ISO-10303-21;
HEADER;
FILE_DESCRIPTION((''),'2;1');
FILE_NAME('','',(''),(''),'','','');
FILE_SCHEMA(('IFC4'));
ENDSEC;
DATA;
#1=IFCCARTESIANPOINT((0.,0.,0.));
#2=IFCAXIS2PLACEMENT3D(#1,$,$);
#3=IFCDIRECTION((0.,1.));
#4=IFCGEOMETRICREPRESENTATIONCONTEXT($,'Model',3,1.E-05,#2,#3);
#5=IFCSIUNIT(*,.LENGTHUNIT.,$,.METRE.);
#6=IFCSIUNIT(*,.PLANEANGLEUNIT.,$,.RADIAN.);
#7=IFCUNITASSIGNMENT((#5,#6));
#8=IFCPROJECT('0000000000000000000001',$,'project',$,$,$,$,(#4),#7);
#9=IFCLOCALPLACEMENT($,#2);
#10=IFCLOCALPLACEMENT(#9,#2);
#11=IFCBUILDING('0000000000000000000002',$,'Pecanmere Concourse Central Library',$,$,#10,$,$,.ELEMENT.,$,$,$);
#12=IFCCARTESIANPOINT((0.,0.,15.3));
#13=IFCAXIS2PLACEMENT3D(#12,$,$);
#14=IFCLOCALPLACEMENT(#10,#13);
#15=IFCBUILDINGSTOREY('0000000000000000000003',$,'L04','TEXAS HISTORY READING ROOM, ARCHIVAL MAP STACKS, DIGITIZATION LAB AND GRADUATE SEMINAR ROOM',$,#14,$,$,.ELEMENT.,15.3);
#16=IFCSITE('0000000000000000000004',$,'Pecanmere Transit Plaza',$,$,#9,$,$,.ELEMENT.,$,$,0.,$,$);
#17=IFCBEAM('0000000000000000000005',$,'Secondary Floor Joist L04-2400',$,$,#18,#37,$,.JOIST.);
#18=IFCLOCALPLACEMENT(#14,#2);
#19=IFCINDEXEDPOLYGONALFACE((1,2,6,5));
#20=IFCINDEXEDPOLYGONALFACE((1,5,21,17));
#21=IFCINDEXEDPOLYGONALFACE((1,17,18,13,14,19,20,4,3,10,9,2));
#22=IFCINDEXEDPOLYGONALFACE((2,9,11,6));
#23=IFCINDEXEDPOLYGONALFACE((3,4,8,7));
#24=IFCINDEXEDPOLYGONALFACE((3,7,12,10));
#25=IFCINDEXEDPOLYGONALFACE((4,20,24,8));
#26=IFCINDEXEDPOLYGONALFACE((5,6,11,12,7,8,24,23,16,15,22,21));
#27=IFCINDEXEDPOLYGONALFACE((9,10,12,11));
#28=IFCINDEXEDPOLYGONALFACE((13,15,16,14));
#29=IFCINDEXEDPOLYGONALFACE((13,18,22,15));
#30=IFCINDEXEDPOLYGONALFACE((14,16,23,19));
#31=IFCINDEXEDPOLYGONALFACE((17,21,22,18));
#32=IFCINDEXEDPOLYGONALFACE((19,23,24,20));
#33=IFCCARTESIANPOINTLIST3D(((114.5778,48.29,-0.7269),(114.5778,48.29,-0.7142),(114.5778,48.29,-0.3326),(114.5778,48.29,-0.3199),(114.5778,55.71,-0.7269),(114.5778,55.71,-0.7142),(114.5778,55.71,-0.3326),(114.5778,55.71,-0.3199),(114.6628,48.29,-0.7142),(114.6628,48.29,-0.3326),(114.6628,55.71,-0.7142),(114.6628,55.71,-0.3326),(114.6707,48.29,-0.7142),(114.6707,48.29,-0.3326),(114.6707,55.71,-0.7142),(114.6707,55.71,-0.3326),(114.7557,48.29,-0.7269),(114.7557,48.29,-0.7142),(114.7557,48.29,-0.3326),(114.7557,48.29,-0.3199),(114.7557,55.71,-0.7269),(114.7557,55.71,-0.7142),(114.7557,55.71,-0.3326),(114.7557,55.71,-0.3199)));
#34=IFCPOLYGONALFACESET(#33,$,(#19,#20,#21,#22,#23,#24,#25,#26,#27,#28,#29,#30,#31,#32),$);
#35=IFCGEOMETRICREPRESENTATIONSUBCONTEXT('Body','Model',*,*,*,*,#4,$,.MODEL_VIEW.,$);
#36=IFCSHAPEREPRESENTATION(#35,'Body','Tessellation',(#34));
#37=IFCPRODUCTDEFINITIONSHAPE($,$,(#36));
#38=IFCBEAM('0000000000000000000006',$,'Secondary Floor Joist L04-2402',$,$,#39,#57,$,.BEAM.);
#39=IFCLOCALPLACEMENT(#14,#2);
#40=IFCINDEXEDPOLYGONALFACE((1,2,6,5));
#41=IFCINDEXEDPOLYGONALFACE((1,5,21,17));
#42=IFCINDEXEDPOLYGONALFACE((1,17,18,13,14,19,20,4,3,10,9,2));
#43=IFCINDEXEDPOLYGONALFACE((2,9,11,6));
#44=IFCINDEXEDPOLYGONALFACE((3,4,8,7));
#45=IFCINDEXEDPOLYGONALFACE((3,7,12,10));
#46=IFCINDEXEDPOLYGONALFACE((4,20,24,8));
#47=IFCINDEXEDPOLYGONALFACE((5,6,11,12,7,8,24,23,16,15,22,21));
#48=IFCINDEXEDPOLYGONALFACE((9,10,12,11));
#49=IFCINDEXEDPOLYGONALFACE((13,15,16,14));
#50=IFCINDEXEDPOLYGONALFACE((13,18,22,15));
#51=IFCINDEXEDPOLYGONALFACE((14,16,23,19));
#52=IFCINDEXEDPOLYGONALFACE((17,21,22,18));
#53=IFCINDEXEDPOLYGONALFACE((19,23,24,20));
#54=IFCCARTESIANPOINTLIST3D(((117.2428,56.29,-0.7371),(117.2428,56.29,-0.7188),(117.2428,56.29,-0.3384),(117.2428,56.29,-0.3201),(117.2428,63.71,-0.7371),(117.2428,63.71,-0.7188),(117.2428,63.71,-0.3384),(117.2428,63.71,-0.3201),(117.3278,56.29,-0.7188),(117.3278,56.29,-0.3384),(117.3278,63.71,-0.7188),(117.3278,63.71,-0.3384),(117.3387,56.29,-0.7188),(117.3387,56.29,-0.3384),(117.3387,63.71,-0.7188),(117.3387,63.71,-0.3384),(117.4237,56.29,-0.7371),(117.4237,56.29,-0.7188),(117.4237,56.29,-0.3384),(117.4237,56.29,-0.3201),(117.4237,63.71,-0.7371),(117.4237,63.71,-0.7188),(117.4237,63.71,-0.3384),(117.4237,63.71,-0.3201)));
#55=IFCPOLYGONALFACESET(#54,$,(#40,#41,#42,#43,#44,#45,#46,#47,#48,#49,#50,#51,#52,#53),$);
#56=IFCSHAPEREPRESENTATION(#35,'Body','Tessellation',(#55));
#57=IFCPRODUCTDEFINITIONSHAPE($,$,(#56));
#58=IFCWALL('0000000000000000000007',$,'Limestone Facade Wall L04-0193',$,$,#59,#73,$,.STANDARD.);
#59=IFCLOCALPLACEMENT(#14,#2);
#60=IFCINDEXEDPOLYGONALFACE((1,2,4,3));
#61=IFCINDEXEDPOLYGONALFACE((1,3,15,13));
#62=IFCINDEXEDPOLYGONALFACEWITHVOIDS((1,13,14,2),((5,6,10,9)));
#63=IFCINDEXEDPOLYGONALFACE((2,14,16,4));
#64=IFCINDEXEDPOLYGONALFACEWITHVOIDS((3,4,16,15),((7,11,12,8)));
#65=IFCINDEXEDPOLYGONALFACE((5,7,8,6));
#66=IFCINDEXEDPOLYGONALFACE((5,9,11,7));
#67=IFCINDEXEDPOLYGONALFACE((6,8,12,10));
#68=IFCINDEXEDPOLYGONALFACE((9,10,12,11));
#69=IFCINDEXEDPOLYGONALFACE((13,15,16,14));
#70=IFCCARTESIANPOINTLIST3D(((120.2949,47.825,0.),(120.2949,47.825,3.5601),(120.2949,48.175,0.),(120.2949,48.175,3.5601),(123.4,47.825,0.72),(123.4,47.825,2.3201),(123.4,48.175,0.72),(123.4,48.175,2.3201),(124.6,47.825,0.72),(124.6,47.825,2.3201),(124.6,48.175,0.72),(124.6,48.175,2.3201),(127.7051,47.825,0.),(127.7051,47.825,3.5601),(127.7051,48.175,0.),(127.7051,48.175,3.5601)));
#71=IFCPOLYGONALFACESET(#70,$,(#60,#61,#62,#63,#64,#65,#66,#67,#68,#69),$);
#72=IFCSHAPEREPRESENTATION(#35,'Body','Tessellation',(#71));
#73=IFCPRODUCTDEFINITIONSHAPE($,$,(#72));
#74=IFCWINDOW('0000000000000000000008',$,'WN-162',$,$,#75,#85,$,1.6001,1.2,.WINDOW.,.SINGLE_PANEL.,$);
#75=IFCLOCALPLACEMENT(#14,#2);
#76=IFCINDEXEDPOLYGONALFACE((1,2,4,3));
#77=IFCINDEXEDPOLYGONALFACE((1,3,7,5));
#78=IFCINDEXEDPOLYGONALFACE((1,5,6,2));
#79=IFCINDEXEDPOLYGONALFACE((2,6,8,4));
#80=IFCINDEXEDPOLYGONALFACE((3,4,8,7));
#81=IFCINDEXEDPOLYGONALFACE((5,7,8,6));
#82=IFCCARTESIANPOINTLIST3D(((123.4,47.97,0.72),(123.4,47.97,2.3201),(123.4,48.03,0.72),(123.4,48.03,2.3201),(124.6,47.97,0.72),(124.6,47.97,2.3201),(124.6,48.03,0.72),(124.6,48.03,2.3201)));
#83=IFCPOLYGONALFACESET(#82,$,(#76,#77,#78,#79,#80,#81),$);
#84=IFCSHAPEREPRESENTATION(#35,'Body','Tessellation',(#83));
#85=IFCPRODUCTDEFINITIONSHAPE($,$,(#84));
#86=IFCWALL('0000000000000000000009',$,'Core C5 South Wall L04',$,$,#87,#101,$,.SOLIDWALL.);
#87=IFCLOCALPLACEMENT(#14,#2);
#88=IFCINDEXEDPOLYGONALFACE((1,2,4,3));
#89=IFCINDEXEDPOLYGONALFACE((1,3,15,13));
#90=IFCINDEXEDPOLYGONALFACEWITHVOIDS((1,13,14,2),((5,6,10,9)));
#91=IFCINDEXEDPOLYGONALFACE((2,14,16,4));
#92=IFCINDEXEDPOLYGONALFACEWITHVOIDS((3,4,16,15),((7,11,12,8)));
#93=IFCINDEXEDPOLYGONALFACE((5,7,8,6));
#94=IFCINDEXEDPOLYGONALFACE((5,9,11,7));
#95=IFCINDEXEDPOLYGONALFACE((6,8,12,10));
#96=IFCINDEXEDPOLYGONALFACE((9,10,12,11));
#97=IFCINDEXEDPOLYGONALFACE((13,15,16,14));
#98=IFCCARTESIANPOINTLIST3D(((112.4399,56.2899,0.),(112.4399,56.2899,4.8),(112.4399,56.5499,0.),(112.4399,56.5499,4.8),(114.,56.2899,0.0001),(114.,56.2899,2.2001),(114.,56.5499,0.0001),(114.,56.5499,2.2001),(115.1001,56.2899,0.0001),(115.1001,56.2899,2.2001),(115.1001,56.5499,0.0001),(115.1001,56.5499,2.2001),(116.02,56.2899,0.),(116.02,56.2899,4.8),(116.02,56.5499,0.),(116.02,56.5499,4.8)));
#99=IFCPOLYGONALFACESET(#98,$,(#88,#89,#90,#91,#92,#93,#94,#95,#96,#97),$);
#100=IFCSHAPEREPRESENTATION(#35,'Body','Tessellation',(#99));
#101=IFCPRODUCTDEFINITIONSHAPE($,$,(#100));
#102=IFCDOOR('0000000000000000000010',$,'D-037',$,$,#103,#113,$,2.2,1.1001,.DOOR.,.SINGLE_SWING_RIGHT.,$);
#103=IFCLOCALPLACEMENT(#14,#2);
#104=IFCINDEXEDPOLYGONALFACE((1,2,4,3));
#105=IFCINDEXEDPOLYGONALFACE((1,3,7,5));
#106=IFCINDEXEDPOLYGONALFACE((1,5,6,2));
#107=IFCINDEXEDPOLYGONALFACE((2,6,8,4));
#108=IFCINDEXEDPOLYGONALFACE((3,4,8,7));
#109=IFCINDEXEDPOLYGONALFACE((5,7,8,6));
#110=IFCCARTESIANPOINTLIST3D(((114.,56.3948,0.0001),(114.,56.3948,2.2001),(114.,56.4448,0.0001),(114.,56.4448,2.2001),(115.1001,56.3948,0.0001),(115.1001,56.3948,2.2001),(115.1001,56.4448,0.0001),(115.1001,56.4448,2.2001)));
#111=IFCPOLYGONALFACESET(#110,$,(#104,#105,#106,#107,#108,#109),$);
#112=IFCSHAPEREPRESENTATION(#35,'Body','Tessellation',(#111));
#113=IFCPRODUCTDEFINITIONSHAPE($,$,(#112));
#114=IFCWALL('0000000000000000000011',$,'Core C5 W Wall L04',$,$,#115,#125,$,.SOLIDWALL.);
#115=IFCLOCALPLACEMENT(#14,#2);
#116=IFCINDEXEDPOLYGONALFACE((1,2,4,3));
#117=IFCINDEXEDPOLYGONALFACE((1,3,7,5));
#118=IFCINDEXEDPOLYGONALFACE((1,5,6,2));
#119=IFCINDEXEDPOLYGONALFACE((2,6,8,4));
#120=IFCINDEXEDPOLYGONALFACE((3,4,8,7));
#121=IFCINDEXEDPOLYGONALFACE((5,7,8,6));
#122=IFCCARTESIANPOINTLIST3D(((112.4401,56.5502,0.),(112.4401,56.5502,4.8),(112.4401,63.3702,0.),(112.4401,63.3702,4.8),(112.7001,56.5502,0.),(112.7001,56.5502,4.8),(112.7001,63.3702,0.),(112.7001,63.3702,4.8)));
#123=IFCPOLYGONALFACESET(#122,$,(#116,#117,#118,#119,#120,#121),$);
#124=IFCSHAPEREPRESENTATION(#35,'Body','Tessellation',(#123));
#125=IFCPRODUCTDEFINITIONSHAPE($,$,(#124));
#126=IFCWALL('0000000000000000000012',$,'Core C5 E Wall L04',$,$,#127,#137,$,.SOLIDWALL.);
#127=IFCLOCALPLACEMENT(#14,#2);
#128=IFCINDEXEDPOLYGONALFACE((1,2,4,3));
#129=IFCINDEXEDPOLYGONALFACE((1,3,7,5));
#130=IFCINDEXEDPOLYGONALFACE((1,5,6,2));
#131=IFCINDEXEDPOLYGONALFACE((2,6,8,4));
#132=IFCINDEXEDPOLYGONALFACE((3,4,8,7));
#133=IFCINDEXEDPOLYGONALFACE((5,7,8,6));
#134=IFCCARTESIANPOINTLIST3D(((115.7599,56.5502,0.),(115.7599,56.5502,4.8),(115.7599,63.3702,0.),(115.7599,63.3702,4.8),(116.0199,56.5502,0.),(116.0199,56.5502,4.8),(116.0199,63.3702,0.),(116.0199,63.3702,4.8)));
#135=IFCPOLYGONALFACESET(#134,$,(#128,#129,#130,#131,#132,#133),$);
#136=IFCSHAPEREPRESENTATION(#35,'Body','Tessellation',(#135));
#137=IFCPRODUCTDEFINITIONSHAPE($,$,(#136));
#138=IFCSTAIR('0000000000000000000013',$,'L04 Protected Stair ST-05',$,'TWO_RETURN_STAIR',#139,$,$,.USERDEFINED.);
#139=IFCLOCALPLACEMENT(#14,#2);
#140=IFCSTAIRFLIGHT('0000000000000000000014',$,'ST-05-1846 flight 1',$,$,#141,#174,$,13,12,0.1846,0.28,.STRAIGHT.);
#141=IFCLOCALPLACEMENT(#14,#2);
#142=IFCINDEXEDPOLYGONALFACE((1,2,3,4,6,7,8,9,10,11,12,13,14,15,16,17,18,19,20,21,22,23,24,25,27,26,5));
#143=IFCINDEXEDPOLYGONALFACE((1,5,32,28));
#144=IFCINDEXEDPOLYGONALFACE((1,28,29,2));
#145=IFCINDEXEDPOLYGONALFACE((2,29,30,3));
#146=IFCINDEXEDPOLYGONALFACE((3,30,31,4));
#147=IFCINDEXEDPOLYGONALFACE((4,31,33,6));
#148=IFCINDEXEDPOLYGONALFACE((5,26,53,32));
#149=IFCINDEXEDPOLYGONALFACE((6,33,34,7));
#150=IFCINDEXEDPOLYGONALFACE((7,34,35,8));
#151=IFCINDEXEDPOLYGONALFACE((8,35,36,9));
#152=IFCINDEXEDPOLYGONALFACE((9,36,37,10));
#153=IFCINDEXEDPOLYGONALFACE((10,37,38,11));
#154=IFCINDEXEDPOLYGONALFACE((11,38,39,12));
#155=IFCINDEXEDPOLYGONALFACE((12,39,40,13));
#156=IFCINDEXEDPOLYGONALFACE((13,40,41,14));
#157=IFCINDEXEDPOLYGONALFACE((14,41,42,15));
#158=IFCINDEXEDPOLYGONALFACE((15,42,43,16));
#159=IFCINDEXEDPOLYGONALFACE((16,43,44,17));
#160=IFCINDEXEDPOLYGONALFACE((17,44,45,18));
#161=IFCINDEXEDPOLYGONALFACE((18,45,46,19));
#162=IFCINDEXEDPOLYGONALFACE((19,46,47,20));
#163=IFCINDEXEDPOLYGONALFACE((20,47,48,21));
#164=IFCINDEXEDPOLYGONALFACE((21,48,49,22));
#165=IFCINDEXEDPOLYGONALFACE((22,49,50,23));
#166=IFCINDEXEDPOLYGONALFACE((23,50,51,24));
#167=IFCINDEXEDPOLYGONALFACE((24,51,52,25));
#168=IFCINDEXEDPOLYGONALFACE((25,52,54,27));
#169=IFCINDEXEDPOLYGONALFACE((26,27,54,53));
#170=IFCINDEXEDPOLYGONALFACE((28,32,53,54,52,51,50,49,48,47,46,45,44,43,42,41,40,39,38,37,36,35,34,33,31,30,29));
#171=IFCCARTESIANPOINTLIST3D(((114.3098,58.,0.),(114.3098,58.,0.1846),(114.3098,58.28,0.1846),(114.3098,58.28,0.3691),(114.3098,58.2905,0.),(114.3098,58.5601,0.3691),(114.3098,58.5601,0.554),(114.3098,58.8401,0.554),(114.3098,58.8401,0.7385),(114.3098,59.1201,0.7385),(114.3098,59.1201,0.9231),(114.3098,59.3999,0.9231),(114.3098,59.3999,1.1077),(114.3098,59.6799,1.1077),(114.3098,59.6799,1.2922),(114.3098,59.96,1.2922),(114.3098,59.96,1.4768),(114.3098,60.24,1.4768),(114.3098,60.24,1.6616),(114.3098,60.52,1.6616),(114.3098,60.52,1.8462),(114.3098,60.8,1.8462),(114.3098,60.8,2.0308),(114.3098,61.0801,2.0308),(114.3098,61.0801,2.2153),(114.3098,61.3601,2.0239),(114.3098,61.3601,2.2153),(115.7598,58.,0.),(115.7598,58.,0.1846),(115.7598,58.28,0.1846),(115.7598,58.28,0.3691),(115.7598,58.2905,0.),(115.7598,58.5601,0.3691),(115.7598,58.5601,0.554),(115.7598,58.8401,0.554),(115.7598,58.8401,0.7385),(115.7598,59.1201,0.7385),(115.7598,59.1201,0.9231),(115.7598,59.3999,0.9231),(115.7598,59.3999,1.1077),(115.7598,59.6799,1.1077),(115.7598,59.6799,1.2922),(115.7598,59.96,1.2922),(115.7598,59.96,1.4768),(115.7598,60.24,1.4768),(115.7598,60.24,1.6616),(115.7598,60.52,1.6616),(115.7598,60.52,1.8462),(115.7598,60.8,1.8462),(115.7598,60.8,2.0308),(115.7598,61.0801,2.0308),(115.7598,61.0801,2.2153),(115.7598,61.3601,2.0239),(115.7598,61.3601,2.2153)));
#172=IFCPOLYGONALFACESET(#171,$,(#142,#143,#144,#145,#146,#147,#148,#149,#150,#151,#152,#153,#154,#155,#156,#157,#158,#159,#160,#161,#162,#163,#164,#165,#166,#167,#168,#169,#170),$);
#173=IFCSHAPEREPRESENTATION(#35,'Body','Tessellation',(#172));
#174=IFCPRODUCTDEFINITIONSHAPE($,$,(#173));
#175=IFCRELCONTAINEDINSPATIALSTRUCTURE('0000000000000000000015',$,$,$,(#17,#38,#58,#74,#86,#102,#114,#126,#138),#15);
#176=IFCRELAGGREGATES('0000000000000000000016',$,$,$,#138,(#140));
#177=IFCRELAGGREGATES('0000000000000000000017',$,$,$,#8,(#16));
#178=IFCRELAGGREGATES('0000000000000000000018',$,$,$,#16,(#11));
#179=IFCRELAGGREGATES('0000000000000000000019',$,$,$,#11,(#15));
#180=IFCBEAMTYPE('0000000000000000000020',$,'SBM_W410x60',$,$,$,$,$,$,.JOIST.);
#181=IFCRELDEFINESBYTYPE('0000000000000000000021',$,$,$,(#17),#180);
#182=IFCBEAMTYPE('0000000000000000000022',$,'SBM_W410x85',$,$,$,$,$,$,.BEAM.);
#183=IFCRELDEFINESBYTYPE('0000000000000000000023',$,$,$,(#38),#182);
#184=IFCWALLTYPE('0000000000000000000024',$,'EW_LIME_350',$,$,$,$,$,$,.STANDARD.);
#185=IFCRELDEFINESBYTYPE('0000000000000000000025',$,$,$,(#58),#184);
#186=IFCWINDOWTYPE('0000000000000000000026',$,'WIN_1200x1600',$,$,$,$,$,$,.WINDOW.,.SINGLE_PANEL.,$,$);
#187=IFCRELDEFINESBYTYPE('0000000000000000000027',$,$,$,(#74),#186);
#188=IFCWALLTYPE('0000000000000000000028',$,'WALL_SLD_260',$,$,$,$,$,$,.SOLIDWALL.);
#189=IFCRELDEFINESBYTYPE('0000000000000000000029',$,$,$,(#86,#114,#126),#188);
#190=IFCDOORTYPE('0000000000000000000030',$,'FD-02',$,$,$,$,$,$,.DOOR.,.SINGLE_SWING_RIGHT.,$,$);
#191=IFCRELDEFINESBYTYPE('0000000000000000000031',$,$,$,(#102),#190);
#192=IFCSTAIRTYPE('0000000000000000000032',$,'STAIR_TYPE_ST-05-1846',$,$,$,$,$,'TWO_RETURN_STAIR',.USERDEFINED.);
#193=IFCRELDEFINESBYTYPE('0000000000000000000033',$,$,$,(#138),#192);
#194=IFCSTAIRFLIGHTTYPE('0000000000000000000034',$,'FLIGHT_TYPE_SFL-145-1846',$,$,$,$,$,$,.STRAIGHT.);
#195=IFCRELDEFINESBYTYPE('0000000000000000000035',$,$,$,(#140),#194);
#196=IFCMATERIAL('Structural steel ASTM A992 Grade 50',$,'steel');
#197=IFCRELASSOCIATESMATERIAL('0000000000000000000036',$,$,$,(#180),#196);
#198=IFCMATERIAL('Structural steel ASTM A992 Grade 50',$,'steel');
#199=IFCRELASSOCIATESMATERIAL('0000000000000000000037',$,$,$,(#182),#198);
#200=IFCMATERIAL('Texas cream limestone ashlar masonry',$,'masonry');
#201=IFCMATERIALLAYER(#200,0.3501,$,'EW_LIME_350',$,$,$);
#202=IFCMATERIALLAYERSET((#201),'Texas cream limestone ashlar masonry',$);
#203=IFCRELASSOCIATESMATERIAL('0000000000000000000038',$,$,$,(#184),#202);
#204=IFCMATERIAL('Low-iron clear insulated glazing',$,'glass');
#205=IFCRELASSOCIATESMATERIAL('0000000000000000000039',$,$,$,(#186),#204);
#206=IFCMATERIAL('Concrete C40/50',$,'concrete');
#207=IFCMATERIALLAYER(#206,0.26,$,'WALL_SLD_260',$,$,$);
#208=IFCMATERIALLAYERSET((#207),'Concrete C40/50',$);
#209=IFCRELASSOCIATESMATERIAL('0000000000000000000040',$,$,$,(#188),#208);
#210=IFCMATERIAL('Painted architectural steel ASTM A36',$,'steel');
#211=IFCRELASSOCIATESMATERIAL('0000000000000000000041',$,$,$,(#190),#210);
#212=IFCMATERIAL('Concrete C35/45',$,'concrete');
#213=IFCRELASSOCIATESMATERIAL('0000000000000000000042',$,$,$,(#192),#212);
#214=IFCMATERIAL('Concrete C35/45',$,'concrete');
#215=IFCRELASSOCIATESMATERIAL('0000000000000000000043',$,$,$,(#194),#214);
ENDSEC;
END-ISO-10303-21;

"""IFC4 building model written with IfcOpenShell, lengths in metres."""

from ifc_helpers import new_model, si_unit, direction, frame, frame_2d, origin, origin_2d, place, context, subcontext, project, spatial, polyline, rectangle, i_section, outline, extrude, material, layer, layer_set, material_profile, profile_set, type_object, element, fill, aggregate, save


model = new_model("IFC4")

# Units and contexts
model_context = context("Model", 3, precision=1e-05, world=origin(), true_north=direction((0.0, 1.0)))
body_context = subcontext(model_context, "Body", "Model", "MODEL_VIEW")
ifc_project = project(units=[si_unit("LENGTHUNIT", "METRE"), si_unit("PLANEANGLEUNIT", "RADIAN")], contexts=[model_context])

# Site, building, storey
site_placement = place(None, origin())
site = spatial("IfcSite", under=ifc_project, at=site_placement, Name="Pecanmere Transit Plaza", CompositionType="ELEMENT", RefElevation=0.0)
building_placement = place(site_placement, origin())
building = spatial("IfcBuilding", under=site, at=building_placement, Name="Pecanmere Concourse Central Library", CompositionType="ELEMENT")
storey_placement = place(building_placement, frame((0.0, 0.0, 15.3)))
storey = spatial("IfcBuildingStorey", under=building, at=storey_placement, Name="L04", Description="TEXAS HISTORY READING ROOM, ARCHIVAL MAP STACKS, DIGITIZATION LAB AND GRADUATE SEMINAR ROOM", CompositionType="ELEMENT", Elevation=15.3)

# Beams
ifc_material_1 = material(Name="Structural steel ASTM A992 Grade 50", Category="steel")
ifc_material_profile_1 = material_profile(ifc_material_1, i_section(OverallWidth=0.178, OverallDepth=0.407, WebThickness=0.0078, FlangeThickness=0.0127, at=origin_2d()), Name="W410x60")
ifc_profile_set_1 = profile_set([ifc_material_profile_1], Name="Structural steel ASTM A992 Grade 50")
beam_type_1 = type_object("IfcBeamType", Name="SBM_W410x60", PredefinedType="JOIST", material=ifc_profile_set_1)
beam_1_placement = place(storey_placement, frame((114.6667, 48.29, -0.5234), z_axis=(0.0, 1.0, 0.0), x_axis=(-1.0, 0.0, 0.0)))
element("IfcBeam", 1, at=beam_1_placement, inside=storey, type_object=beam_type_1, Name="Secondary Floor Joist L04-2400", PredefinedType="JOIST", context=body_context, shape_type="SweptSolid", body=[
    extrude(i_section(OverallWidth=0.178, OverallDepth=0.407, WebThickness=0.0078, FlangeThickness=0.0127, at=origin_2d()), origin(), (0.0, 0.0, 1.0), 7.4199),
])
ifc_material_2 = material(Name="Structural steel ASTM A992 Grade 50", Category="steel")
ifc_material_profile_2 = material_profile(ifc_material_2, i_section(OverallWidth=0.1809, OverallDepth=0.417, WebThickness=0.011, FlangeThickness=0.0183, at=origin_2d()), Name="W410x85")
ifc_profile_set_2 = profile_set([ifc_material_profile_2], Name="Structural steel ASTM A992 Grade 50")
beam_type_2 = type_object("IfcBeamType", Name="SBM_W410x85", PredefinedType="BEAM", material=ifc_profile_set_2)
beam_2_placement = place(storey_placement, frame((117.3333, 56.29, -0.5286), z_axis=(0.0, 1.0, 0.0), x_axis=(-1.0, 0.0, 0.0)))
element("IfcBeam", 2, at=beam_2_placement, inside=storey, type_object=beam_type_2, Name="Secondary Floor Joist L04-2402", PredefinedType="BEAM", context=body_context, shape_type="SweptSolid", body=[
    extrude(i_section(OverallWidth=0.1809, OverallDepth=0.417, WebThickness=0.011, FlangeThickness=0.0183, at=origin_2d()), origin(), (0.0, 0.0, 1.0), 7.4199),
])

# Wall, opening, window
ifc_material_3 = material(Name="Texas cream limestone ashlar masonry", Category="masonry")
ifc_layer_1 = layer(ifc_material_3, 0.3501, Name="EW_LIME_350")
ifc_layer_set_1 = layer_set([ifc_layer_1], Name="Texas cream limestone ashlar masonry")
wall_type_1 = type_object("IfcWallType", Name="EW_LIME_350", PredefinedType="STANDARD", material=ifc_layer_set_1)
wall_1_placement = place(storey_placement, frame((120.2949, 48.0, 0.0), z_axis=(0.0, 0.0, 1.0), x_axis=(1.0, 0.0, 0.0)))
wall_1 = element("IfcWall", 3, at=wall_1_placement, inside=storey, type_object=wall_type_1, Name="Limestone Facade Wall L04-0193", PredefinedType="STANDARD", context=body_context, shape_type="SweptSolid", body=[
    extrude(rectangle(XDim=7.4102, YDim=0.3501, at=frame_2d((3.7051, 0.0))), origin(), (0.0, 0.0, 1.0), 3.5601),
])
opening_1_placement = place(wall_1_placement, frame((3.105, 0.0, 0.72)))
opening_1 = element("IfcOpeningElement", 4, at=opening_1_placement, cuts=wall_1, PredefinedType="OPENING", context=body_context, shape_type="SweptSolid", body=[
    extrude(rectangle(XDim=1.2, YDim=1.6001, at=frame_2d((0.6001, 0.8))), frame((0.0, 0.187, 0.0), z_axis=(0.0, -1.0, 0.0), x_axis=(1.0, 0.0, 0.0)), (0.0, 0.0, 1.0), 0.374),
])
ifc_material_4 = material(Name="Low-iron clear insulated glazing", Category="glass")
window_type = type_object("IfcWindowType", Name="WIN_1200x1600", PartitioningType="SINGLE_PANEL", PredefinedType="WINDOW", material=ifc_material_4)
window_placement = place(opening_1_placement, origin())
window = element("IfcWindow", 5, at=window_placement, inside=storey, type_object=window_type, Name="WN-162", OverallHeight=1.6001, OverallWidth=1.2, PartitioningType="SINGLE_PANEL", PredefinedType="WINDOW", context=body_context, shape_type="SweptSolid", body=[
    extrude(rectangle(XDim=1.2, YDim=1.6001, at=frame_2d((0.6001, 0.8))), frame((0.0, 0.03, 0.0), z_axis=(0.0, -1.0, 0.0), x_axis=(1.0, 0.0, 0.0)), (0.0, 0.0, 1.0), 0.0601),
])
fill(opening_1, window)

# Wall, opening, door
ifc_material_5 = material(Name="Concrete C40/50", Category="concrete")
ifc_layer_2 = layer(ifc_material_5, 0.26, Name="WALL_SLD_260")
ifc_layer_set_2 = layer_set([ifc_layer_2], Name="Concrete C40/50")
wall_type_2 = type_object("IfcWallType", Name="WALL_SLD_260", PredefinedType="SOLIDWALL", material=ifc_layer_set_2)
wall_2_placement = place(storey_placement, frame((112.4399, 56.4199, 0.0), z_axis=(0.0, 0.0, 1.0), x_axis=(1.0, 0.0, 0.0)))
wall_2 = element("IfcWall", 6, at=wall_2_placement, inside=storey, type_object=wall_type_2, Name="Core C5 South Wall L04", PredefinedType="SOLIDWALL", context=body_context, shape_type="SweptSolid", body=[
    extrude(rectangle(XDim=3.5801, YDim=0.26, at=frame_2d((1.79, 0.0))), origin(), (0.0, 0.0, 1.0), 4.8),
])
opening_2_placement = place(wall_2_placement, frame((1.5601, 0.0, 0.0)))
opening_2 = element("IfcOpeningElement", 7, at=opening_2_placement, cuts=wall_2, PredefinedType="OPENING", context=body_context, shape_type="SweptSolid", body=[
    extrude(rectangle(XDim=1.1001, YDim=2.2, at=frame_2d((0.55, 1.1001))), frame((0.0, 0.1421, 0.0), z_axis=(0.0, -1.0, 0.0), x_axis=(1.0, 0.0, 0.0)), (0.0, 0.0, 1.0), 0.2839),
])
ifc_material_6 = material(Name="Painted architectural steel ASTM A36", Category="steel")
door_type = type_object("IfcDoorType", Name="FD-02", OperationType="SINGLE_SWING_RIGHT", PredefinedType="DOOR", material=ifc_material_6)
door_placement = place(opening_2_placement, origin())
door = element("IfcDoor", 8, at=door_placement, inside=storey, type_object=door_type, Name="D-037", OperationType="SINGLE_SWING_RIGHT", OverallHeight=2.2, OverallWidth=1.1001, PredefinedType="DOOR", context=body_context, shape_type="SweptSolid", body=[
    extrude(rectangle(XDim=1.1001, YDim=2.2, at=frame_2d((0.55, 1.1001))), frame((0.0, 0.0249, 0.0), z_axis=(0.0, -1.0, 0.0), x_axis=(1.0, 0.0, 0.0)), (0.0, 0.0, 1.0), 0.05),
])
fill(opening_2, door)

# Walls
for number, where, z_axis, x_axis, name in (
    (9, (112.5701, 56.55, 0.0), (0.0, 0.0, 1.0), (0.0, 1.0, 0.0), "Core C5 W Wall L04"),
    (10, (115.8899, 56.55, 0.0), (0.0, 0.0, 1.0), (0.0, 1.0, 0.0), "Core C5 E Wall L04"),
):
    element("IfcWall", number, at=place(storey_placement, frame(where, z_axis=z_axis, x_axis=x_axis)), inside=storey, type_object=wall_type_2, Name=name, PredefinedType="SOLIDWALL", context=body_context, shape_type="SweptSolid", body=[
        extrude(rectangle(XDim=6.8201, YDim=0.26, at=frame_2d((3.4102, 0.0))), origin(), (0.0, 0.0, 1.0), 4.8),
    ])

# Stair, stair flight
ifc_material_7 = material(Name="Concrete C35/45", Category="concrete")
stair_type = type_object("IfcStairType", Name="STAIR_TYPE_ST-05-1846", ElementType="TWO_RETURN_STAIR", PredefinedType="USERDEFINED", material=ifc_material_7)
stair_placement = place(storey_placement, origin())
stair = element("IfcStair", 11, at=stair_placement, inside=storey, type_object=stair_type, Name="L04 Protected Stair ST-05", ObjectType="TWO_RETURN_STAIR", PredefinedType="USERDEFINED")
ifc_material_8 = material(Name="Concrete C35/45", Category="concrete")
stair_flight_type = type_object("IfcStairFlightType", Name="FLIGHT_TYPE_SFL-145-1846", PredefinedType="STRAIGHT", material=ifc_material_8)
stair_flight_1_placement = place(storey_placement, frame((115.0349, 58.0, 0.0), z_axis=(0.0, 0.0, 1.0), x_axis=(0.0, 1.0, 0.0)))
stair_flight_1 = element("IfcStairFlight", 12, at=stair_flight_1_placement, type_object=stair_flight_type, Name="ST-05-1846 flight 1", NumberOfRisers=13, NumberOfTreads=12, PredefinedType="STRAIGHT", RiserHeight=0.1846, TreadLength=0.28, context=body_context, shape_type="SweptSolid", body=[
    extrude(outline(polyline([(0.0, 0.0), (0.0, 0.1846), (0.28, 0.1846), (0.28, 0.3691), (0.5601, 0.3691), (0.5601, 0.554), (0.8401, 0.554), (0.8401, 0.7385), (1.1201, 0.7385), (1.1201, 0.9231), (1.3999, 0.9231), (1.3999, 1.1077), (1.6799, 1.1077), (1.6799, 1.2922), (1.96, 1.2922), (1.96, 1.4768), (2.24, 1.4768), (2.24, 1.6616), (2.52, 1.6616), (2.52, 1.8462), (2.8, 1.8462), (2.8, 2.0308), (3.0801, 2.0308), (3.0801, 2.2153), (3.3601, 2.2153), (3.3601, 2.3999), (3.3601, 2.0239), (0.2905, 0.0), (0.0, 0.0)])), frame((0.0, 0.7251, 0.0), z_axis=(0.0, -1.0, 0.0), x_axis=(1.0, 0.0, 0.0)), (0.0, 0.0, 1.0), 1.45),
])
aggregate(stair, [stair_flight_1])

save(model, "model.ifc")
